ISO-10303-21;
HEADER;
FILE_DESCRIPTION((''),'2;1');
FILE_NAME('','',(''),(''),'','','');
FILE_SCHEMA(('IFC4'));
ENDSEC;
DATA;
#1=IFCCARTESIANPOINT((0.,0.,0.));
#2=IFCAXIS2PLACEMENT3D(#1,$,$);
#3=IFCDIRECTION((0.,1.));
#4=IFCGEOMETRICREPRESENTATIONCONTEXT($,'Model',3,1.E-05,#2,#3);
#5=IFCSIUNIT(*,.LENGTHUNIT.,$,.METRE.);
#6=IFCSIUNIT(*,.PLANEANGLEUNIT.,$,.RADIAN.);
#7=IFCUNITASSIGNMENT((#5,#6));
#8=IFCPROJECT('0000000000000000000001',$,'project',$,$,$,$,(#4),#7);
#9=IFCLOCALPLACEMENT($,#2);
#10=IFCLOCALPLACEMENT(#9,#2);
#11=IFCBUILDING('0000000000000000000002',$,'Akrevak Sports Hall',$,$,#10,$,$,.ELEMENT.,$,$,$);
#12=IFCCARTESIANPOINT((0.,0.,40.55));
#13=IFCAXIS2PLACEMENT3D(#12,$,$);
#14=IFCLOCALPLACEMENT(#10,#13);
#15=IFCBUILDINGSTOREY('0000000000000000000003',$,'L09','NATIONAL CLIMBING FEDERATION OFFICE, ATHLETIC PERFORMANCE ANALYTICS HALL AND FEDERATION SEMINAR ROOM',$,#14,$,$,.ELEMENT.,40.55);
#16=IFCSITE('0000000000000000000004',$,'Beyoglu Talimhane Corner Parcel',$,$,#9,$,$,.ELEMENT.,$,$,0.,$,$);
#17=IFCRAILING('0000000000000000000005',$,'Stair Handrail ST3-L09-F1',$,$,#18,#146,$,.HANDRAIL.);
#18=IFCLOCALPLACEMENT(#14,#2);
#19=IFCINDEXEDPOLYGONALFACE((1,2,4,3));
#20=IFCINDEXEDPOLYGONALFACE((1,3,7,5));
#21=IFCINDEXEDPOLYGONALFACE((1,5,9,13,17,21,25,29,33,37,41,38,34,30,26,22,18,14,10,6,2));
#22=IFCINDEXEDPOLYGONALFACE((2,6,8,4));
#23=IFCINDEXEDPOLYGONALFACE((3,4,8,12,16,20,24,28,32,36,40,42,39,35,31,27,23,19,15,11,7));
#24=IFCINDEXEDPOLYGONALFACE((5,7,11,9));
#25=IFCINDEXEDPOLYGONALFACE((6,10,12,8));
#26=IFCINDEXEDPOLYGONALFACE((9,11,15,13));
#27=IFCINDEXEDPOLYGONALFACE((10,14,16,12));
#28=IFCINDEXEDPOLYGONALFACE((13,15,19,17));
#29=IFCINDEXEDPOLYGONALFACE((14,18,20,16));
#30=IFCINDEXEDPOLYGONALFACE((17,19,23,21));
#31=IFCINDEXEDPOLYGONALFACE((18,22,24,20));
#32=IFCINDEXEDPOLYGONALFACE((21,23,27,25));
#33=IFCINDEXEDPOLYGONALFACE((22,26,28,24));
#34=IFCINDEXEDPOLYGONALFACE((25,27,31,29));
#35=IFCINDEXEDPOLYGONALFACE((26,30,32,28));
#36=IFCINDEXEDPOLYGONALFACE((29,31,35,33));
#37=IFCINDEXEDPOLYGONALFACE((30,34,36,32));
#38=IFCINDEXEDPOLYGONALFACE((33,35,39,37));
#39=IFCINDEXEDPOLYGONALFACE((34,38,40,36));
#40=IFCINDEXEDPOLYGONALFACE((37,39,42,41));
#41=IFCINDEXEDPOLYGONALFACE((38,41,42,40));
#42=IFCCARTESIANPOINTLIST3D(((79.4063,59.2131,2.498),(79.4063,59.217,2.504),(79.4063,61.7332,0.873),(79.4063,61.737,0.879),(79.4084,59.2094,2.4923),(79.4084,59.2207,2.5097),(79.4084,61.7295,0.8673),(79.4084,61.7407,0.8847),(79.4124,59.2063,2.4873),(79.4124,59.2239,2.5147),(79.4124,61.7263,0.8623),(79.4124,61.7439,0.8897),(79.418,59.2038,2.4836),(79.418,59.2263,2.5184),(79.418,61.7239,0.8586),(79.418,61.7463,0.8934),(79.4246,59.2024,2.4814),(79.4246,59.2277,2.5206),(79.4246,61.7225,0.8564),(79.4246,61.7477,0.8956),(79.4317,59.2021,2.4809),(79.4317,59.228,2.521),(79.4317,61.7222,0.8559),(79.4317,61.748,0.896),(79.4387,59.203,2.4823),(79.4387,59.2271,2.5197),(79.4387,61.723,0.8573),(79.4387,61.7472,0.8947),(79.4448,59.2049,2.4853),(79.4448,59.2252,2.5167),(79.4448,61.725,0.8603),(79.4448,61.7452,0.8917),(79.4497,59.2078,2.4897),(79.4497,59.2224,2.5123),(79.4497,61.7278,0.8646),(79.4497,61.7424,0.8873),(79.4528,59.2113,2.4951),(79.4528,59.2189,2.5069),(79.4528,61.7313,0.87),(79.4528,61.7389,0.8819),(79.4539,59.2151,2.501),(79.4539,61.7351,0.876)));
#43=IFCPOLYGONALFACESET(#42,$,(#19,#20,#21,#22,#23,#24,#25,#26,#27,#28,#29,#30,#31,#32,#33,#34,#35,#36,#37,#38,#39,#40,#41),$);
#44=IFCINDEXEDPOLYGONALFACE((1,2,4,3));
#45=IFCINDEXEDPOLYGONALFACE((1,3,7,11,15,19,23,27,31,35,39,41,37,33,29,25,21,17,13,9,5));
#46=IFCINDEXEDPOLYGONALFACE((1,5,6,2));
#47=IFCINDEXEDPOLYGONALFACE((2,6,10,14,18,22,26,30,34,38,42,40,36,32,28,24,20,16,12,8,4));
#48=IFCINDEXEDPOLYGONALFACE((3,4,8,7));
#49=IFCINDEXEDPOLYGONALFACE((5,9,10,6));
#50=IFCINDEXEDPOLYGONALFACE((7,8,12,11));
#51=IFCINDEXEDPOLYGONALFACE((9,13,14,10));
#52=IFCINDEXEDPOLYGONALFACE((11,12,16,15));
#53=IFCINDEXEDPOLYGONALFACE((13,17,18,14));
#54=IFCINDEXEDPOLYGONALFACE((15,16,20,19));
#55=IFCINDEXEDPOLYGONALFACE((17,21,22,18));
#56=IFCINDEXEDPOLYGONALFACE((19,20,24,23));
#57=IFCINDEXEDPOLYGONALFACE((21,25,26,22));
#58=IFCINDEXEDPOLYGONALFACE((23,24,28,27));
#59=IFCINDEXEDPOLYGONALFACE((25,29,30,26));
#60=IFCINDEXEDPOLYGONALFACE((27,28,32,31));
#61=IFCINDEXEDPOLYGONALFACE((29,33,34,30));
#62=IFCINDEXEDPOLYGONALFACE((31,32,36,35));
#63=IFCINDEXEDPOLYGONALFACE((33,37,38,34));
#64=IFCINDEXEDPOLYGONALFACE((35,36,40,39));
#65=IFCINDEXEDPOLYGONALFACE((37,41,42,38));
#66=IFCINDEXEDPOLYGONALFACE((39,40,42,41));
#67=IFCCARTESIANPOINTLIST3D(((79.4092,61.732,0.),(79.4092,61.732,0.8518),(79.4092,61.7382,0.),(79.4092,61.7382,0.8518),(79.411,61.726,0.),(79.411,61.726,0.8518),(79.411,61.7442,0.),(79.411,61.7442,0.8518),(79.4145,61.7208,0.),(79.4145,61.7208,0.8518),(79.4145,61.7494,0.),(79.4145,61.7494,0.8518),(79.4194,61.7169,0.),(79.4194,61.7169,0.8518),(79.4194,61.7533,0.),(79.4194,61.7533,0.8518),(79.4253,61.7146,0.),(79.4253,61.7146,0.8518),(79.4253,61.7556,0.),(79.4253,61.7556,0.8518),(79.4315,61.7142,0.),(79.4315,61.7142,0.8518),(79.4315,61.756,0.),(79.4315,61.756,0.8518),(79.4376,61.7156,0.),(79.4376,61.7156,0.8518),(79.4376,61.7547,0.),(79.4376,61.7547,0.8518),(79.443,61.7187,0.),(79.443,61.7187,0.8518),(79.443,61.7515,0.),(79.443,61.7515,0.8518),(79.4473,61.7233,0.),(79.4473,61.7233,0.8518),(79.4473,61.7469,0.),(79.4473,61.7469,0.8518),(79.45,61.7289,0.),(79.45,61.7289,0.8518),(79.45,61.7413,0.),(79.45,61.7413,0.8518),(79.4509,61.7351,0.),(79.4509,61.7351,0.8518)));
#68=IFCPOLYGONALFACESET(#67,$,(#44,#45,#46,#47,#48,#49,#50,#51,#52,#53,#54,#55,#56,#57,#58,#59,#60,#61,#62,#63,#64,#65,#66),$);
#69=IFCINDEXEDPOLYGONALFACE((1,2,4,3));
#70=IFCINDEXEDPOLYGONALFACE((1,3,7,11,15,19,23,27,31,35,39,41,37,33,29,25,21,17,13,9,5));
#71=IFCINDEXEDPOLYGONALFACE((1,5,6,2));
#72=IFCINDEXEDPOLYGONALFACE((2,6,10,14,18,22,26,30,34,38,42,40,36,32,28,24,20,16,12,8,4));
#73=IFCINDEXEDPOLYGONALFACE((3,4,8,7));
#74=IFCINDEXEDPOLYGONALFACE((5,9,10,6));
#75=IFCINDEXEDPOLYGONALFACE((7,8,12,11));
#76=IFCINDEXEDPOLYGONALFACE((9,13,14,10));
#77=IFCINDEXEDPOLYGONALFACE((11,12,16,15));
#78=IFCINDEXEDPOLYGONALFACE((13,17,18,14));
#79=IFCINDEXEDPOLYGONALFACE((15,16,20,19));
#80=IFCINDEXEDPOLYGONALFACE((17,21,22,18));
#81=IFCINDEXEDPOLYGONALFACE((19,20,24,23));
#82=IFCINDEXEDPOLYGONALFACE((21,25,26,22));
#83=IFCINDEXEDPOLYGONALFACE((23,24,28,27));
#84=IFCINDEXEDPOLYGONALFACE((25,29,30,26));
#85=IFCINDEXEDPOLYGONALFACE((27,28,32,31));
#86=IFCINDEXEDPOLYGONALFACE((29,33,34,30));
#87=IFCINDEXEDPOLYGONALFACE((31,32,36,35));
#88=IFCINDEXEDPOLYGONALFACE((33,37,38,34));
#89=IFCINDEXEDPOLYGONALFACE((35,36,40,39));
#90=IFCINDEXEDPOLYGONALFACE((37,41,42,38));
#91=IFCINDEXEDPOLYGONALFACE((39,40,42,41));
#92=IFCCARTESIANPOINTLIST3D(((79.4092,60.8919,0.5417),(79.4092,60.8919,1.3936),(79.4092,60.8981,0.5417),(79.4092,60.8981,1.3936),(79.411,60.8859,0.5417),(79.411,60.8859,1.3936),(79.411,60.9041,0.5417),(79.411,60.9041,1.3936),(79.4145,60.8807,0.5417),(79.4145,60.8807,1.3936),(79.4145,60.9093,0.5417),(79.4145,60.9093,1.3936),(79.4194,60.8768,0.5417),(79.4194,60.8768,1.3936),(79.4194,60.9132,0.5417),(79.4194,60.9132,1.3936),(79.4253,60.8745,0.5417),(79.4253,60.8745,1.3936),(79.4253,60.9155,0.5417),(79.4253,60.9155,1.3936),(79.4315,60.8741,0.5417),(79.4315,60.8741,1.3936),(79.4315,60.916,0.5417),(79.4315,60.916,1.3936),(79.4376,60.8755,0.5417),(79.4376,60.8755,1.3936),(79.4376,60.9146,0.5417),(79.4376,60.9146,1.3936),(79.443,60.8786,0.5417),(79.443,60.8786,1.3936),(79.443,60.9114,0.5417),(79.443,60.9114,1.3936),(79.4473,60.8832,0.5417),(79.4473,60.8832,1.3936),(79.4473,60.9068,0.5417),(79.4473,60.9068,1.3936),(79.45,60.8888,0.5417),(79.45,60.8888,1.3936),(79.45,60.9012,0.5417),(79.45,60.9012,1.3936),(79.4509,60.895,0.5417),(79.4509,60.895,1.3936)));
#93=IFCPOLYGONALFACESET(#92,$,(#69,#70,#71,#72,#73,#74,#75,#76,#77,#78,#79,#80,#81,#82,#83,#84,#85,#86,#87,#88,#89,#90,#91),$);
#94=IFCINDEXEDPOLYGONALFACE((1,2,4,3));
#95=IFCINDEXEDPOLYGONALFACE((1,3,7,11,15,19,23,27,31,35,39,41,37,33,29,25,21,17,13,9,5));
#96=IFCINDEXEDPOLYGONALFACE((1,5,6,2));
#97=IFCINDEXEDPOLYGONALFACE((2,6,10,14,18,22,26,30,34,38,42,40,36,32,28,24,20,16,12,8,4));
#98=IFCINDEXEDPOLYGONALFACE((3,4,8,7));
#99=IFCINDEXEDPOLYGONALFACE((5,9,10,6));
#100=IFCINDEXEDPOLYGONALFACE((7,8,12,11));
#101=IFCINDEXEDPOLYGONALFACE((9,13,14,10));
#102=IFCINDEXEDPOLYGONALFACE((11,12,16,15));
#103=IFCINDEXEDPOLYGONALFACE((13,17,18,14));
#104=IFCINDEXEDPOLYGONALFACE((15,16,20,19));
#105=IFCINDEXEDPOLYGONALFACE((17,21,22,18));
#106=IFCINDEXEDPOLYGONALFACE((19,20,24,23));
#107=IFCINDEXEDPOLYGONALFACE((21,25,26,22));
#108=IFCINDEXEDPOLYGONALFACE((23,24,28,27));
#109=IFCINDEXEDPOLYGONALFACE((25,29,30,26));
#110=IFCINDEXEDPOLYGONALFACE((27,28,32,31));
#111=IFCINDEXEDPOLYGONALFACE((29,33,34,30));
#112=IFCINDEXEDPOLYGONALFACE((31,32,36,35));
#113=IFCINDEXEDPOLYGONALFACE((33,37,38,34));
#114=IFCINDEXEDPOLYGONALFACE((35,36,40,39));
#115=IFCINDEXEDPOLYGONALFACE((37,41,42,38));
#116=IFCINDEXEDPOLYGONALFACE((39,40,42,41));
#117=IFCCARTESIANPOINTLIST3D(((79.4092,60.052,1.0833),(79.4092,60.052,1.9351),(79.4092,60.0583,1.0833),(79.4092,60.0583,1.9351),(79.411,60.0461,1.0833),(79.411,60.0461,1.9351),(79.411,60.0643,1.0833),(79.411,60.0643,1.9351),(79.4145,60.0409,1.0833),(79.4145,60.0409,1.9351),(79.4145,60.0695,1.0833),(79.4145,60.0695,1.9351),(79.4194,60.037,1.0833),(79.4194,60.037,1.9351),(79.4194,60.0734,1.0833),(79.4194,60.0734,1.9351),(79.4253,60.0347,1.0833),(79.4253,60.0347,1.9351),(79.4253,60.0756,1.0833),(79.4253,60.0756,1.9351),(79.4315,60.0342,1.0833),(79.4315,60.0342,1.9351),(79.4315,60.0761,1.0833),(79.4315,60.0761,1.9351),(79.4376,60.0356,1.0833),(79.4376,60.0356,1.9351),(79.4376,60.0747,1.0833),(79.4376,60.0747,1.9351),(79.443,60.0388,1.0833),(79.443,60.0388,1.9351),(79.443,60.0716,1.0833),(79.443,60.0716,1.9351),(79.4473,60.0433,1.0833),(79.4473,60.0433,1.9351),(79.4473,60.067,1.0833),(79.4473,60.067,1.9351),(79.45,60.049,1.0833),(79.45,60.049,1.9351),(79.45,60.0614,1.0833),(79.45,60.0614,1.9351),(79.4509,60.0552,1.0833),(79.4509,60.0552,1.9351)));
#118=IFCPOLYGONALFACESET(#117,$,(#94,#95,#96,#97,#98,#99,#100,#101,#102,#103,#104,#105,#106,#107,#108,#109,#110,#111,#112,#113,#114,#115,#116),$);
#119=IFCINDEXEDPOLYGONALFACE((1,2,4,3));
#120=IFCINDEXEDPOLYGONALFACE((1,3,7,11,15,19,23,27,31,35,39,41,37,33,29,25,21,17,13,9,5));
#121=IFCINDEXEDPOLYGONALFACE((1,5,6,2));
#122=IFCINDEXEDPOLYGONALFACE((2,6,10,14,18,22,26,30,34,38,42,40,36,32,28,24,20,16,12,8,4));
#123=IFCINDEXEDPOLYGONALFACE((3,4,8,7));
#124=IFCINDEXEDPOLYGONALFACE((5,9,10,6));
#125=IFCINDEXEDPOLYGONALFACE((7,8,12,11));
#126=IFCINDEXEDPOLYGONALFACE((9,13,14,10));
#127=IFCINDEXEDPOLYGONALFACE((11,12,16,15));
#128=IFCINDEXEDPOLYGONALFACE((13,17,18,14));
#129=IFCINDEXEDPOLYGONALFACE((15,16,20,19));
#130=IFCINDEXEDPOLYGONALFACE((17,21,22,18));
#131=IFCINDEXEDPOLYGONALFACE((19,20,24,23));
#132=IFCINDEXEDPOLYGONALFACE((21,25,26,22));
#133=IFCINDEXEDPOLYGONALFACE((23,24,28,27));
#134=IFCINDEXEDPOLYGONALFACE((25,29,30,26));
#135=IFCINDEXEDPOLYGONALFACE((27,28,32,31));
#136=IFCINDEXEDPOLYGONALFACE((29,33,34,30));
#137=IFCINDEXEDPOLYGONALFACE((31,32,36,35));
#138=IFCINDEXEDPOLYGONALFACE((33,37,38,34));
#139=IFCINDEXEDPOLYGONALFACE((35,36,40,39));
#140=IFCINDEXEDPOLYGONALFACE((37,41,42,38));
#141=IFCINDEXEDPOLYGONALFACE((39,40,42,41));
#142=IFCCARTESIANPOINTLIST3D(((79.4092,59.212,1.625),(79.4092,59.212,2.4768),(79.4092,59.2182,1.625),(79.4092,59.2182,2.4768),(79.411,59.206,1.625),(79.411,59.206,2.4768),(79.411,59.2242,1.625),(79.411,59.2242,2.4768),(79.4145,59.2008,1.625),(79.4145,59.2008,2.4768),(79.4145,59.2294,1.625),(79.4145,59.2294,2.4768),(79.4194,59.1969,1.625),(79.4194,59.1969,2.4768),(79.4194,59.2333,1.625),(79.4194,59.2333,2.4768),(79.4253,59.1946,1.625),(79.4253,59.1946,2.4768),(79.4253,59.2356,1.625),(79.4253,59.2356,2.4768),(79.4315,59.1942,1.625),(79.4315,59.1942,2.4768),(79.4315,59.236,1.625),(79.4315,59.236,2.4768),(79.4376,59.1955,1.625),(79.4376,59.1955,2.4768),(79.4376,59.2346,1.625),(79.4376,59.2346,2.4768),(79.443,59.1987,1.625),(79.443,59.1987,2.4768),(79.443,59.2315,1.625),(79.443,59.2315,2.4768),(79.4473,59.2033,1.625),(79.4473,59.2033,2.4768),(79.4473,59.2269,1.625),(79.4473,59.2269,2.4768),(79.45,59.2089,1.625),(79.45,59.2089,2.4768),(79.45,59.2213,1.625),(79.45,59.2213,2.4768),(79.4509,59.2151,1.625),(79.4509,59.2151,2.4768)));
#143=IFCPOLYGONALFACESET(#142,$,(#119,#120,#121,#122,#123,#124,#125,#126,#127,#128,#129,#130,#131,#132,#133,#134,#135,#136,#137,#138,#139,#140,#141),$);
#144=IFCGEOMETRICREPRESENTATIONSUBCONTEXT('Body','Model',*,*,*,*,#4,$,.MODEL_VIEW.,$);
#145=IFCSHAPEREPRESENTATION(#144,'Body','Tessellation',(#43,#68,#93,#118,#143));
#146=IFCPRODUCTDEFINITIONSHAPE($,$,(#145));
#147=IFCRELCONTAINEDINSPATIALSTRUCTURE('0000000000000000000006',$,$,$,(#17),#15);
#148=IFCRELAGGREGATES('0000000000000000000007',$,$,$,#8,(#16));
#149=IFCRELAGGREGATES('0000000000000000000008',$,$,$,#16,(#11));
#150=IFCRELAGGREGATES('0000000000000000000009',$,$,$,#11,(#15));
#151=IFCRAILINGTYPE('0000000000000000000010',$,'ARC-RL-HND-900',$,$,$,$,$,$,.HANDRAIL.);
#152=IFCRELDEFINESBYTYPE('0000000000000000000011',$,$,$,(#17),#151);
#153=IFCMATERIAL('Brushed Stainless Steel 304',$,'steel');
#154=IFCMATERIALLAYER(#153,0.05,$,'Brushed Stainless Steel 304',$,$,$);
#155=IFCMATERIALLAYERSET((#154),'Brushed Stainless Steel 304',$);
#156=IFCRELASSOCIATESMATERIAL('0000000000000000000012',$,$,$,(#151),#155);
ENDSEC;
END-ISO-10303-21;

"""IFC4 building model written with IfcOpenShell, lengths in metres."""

from ifc_helpers import new_model, si_unit, direction, frame, origin, origin_2d, place, context, subcontext, project, spatial, circle, extrude, material, layer, layer_set, type_object, element, save


model = new_model("IFC4")

# Units and contexts
model_context = context("Model", 3, precision=1e-05, world=origin(), true_north=direction((0.0, 1.0)))
body_context = subcontext(model_context, "Body", "Model", "MODEL_VIEW")
ifc_project = project(units=[si_unit("LENGTHUNIT", "METRE"), si_unit("PLANEANGLEUNIT", "RADIAN")], contexts=[model_context])

# Site, building, storey
site_placement = place(None, origin())
site = spatial("IfcSite", under=ifc_project, at=site_placement, Name="Beyoglu Talimhane Corner Parcel", CompositionType="ELEMENT", RefElevation=0.0)
building_placement = place(site_placement, origin())
building = spatial("IfcBuilding", under=site, at=building_placement, Name="Akrevak Sports Hall", CompositionType="ELEMENT")
storey_placement = place(building_placement, frame((0.0, 0.0, 40.55)))
storey = spatial("IfcBuildingStorey", under=building, at=storey_placement, Name="L09", Description="NATIONAL CLIMBING FEDERATION OFFICE, ATHLETIC PERFORMANCE ANALYTICS HALL AND FEDERATION SEMINAR ROOM", CompositionType="ELEMENT", Elevation=40.55)

# Railing
ifc_material_1 = material(Name="Brushed Stainless Steel 304", Category="steel")
ifc_layer_1 = layer(ifc_material_1, 0.05, Name="Brushed Stainless Steel 304")
ifc_layer_set_1 = layer_set([ifc_layer_1], Name="Brushed Stainless Steel 304")
railing_type_1 = type_object("IfcRailingType", Name="ARC-RL-HND-900", PredefinedType="HANDRAIL", material=ifc_layer_set_1)
railing_1_placement = place(storey_placement, frame((79.4299, 61.7351, 0.0)))
element("IfcRailing", 1, at=railing_1_placement, inside=storey, type_object=railing_type_1, Name="Stair Handrail ST3-L09-F1", PredefinedType="HANDRAIL", context=body_context, shape_type="SweptSolid", body=[
    extrude(circle(Radius=0.0239, at=origin_2d()), frame((0.0, 0.0, 0.876), z_axis=(0.0, -0.840421, 0.541934), x_axis=(1.0, 0.0, 0.0)), (0.0, 0.0, 1.0), 2.9985),
    extrude(circle(Radius=0.021, at=origin_2d()), origin(), (0.0, 0.0, 1.0), 0.8518),
    extrude(circle(Radius=0.021, at=origin_2d()), frame((0.0, -0.8401, 0.5417)), (0.0, 0.0, 1.0), 0.8518),
    extrude(circle(Radius=0.021, at=origin_2d()), frame((0.0, -1.6799, 1.0833)), (0.0, 0.0, 1.0), 0.8518),
    extrude(circle(Radius=0.021, at=origin_2d()), frame((0.0, -2.52, 1.625)), (0.0, 0.0, 1.0), 0.8518),
])

save(model, "model.ifc")
